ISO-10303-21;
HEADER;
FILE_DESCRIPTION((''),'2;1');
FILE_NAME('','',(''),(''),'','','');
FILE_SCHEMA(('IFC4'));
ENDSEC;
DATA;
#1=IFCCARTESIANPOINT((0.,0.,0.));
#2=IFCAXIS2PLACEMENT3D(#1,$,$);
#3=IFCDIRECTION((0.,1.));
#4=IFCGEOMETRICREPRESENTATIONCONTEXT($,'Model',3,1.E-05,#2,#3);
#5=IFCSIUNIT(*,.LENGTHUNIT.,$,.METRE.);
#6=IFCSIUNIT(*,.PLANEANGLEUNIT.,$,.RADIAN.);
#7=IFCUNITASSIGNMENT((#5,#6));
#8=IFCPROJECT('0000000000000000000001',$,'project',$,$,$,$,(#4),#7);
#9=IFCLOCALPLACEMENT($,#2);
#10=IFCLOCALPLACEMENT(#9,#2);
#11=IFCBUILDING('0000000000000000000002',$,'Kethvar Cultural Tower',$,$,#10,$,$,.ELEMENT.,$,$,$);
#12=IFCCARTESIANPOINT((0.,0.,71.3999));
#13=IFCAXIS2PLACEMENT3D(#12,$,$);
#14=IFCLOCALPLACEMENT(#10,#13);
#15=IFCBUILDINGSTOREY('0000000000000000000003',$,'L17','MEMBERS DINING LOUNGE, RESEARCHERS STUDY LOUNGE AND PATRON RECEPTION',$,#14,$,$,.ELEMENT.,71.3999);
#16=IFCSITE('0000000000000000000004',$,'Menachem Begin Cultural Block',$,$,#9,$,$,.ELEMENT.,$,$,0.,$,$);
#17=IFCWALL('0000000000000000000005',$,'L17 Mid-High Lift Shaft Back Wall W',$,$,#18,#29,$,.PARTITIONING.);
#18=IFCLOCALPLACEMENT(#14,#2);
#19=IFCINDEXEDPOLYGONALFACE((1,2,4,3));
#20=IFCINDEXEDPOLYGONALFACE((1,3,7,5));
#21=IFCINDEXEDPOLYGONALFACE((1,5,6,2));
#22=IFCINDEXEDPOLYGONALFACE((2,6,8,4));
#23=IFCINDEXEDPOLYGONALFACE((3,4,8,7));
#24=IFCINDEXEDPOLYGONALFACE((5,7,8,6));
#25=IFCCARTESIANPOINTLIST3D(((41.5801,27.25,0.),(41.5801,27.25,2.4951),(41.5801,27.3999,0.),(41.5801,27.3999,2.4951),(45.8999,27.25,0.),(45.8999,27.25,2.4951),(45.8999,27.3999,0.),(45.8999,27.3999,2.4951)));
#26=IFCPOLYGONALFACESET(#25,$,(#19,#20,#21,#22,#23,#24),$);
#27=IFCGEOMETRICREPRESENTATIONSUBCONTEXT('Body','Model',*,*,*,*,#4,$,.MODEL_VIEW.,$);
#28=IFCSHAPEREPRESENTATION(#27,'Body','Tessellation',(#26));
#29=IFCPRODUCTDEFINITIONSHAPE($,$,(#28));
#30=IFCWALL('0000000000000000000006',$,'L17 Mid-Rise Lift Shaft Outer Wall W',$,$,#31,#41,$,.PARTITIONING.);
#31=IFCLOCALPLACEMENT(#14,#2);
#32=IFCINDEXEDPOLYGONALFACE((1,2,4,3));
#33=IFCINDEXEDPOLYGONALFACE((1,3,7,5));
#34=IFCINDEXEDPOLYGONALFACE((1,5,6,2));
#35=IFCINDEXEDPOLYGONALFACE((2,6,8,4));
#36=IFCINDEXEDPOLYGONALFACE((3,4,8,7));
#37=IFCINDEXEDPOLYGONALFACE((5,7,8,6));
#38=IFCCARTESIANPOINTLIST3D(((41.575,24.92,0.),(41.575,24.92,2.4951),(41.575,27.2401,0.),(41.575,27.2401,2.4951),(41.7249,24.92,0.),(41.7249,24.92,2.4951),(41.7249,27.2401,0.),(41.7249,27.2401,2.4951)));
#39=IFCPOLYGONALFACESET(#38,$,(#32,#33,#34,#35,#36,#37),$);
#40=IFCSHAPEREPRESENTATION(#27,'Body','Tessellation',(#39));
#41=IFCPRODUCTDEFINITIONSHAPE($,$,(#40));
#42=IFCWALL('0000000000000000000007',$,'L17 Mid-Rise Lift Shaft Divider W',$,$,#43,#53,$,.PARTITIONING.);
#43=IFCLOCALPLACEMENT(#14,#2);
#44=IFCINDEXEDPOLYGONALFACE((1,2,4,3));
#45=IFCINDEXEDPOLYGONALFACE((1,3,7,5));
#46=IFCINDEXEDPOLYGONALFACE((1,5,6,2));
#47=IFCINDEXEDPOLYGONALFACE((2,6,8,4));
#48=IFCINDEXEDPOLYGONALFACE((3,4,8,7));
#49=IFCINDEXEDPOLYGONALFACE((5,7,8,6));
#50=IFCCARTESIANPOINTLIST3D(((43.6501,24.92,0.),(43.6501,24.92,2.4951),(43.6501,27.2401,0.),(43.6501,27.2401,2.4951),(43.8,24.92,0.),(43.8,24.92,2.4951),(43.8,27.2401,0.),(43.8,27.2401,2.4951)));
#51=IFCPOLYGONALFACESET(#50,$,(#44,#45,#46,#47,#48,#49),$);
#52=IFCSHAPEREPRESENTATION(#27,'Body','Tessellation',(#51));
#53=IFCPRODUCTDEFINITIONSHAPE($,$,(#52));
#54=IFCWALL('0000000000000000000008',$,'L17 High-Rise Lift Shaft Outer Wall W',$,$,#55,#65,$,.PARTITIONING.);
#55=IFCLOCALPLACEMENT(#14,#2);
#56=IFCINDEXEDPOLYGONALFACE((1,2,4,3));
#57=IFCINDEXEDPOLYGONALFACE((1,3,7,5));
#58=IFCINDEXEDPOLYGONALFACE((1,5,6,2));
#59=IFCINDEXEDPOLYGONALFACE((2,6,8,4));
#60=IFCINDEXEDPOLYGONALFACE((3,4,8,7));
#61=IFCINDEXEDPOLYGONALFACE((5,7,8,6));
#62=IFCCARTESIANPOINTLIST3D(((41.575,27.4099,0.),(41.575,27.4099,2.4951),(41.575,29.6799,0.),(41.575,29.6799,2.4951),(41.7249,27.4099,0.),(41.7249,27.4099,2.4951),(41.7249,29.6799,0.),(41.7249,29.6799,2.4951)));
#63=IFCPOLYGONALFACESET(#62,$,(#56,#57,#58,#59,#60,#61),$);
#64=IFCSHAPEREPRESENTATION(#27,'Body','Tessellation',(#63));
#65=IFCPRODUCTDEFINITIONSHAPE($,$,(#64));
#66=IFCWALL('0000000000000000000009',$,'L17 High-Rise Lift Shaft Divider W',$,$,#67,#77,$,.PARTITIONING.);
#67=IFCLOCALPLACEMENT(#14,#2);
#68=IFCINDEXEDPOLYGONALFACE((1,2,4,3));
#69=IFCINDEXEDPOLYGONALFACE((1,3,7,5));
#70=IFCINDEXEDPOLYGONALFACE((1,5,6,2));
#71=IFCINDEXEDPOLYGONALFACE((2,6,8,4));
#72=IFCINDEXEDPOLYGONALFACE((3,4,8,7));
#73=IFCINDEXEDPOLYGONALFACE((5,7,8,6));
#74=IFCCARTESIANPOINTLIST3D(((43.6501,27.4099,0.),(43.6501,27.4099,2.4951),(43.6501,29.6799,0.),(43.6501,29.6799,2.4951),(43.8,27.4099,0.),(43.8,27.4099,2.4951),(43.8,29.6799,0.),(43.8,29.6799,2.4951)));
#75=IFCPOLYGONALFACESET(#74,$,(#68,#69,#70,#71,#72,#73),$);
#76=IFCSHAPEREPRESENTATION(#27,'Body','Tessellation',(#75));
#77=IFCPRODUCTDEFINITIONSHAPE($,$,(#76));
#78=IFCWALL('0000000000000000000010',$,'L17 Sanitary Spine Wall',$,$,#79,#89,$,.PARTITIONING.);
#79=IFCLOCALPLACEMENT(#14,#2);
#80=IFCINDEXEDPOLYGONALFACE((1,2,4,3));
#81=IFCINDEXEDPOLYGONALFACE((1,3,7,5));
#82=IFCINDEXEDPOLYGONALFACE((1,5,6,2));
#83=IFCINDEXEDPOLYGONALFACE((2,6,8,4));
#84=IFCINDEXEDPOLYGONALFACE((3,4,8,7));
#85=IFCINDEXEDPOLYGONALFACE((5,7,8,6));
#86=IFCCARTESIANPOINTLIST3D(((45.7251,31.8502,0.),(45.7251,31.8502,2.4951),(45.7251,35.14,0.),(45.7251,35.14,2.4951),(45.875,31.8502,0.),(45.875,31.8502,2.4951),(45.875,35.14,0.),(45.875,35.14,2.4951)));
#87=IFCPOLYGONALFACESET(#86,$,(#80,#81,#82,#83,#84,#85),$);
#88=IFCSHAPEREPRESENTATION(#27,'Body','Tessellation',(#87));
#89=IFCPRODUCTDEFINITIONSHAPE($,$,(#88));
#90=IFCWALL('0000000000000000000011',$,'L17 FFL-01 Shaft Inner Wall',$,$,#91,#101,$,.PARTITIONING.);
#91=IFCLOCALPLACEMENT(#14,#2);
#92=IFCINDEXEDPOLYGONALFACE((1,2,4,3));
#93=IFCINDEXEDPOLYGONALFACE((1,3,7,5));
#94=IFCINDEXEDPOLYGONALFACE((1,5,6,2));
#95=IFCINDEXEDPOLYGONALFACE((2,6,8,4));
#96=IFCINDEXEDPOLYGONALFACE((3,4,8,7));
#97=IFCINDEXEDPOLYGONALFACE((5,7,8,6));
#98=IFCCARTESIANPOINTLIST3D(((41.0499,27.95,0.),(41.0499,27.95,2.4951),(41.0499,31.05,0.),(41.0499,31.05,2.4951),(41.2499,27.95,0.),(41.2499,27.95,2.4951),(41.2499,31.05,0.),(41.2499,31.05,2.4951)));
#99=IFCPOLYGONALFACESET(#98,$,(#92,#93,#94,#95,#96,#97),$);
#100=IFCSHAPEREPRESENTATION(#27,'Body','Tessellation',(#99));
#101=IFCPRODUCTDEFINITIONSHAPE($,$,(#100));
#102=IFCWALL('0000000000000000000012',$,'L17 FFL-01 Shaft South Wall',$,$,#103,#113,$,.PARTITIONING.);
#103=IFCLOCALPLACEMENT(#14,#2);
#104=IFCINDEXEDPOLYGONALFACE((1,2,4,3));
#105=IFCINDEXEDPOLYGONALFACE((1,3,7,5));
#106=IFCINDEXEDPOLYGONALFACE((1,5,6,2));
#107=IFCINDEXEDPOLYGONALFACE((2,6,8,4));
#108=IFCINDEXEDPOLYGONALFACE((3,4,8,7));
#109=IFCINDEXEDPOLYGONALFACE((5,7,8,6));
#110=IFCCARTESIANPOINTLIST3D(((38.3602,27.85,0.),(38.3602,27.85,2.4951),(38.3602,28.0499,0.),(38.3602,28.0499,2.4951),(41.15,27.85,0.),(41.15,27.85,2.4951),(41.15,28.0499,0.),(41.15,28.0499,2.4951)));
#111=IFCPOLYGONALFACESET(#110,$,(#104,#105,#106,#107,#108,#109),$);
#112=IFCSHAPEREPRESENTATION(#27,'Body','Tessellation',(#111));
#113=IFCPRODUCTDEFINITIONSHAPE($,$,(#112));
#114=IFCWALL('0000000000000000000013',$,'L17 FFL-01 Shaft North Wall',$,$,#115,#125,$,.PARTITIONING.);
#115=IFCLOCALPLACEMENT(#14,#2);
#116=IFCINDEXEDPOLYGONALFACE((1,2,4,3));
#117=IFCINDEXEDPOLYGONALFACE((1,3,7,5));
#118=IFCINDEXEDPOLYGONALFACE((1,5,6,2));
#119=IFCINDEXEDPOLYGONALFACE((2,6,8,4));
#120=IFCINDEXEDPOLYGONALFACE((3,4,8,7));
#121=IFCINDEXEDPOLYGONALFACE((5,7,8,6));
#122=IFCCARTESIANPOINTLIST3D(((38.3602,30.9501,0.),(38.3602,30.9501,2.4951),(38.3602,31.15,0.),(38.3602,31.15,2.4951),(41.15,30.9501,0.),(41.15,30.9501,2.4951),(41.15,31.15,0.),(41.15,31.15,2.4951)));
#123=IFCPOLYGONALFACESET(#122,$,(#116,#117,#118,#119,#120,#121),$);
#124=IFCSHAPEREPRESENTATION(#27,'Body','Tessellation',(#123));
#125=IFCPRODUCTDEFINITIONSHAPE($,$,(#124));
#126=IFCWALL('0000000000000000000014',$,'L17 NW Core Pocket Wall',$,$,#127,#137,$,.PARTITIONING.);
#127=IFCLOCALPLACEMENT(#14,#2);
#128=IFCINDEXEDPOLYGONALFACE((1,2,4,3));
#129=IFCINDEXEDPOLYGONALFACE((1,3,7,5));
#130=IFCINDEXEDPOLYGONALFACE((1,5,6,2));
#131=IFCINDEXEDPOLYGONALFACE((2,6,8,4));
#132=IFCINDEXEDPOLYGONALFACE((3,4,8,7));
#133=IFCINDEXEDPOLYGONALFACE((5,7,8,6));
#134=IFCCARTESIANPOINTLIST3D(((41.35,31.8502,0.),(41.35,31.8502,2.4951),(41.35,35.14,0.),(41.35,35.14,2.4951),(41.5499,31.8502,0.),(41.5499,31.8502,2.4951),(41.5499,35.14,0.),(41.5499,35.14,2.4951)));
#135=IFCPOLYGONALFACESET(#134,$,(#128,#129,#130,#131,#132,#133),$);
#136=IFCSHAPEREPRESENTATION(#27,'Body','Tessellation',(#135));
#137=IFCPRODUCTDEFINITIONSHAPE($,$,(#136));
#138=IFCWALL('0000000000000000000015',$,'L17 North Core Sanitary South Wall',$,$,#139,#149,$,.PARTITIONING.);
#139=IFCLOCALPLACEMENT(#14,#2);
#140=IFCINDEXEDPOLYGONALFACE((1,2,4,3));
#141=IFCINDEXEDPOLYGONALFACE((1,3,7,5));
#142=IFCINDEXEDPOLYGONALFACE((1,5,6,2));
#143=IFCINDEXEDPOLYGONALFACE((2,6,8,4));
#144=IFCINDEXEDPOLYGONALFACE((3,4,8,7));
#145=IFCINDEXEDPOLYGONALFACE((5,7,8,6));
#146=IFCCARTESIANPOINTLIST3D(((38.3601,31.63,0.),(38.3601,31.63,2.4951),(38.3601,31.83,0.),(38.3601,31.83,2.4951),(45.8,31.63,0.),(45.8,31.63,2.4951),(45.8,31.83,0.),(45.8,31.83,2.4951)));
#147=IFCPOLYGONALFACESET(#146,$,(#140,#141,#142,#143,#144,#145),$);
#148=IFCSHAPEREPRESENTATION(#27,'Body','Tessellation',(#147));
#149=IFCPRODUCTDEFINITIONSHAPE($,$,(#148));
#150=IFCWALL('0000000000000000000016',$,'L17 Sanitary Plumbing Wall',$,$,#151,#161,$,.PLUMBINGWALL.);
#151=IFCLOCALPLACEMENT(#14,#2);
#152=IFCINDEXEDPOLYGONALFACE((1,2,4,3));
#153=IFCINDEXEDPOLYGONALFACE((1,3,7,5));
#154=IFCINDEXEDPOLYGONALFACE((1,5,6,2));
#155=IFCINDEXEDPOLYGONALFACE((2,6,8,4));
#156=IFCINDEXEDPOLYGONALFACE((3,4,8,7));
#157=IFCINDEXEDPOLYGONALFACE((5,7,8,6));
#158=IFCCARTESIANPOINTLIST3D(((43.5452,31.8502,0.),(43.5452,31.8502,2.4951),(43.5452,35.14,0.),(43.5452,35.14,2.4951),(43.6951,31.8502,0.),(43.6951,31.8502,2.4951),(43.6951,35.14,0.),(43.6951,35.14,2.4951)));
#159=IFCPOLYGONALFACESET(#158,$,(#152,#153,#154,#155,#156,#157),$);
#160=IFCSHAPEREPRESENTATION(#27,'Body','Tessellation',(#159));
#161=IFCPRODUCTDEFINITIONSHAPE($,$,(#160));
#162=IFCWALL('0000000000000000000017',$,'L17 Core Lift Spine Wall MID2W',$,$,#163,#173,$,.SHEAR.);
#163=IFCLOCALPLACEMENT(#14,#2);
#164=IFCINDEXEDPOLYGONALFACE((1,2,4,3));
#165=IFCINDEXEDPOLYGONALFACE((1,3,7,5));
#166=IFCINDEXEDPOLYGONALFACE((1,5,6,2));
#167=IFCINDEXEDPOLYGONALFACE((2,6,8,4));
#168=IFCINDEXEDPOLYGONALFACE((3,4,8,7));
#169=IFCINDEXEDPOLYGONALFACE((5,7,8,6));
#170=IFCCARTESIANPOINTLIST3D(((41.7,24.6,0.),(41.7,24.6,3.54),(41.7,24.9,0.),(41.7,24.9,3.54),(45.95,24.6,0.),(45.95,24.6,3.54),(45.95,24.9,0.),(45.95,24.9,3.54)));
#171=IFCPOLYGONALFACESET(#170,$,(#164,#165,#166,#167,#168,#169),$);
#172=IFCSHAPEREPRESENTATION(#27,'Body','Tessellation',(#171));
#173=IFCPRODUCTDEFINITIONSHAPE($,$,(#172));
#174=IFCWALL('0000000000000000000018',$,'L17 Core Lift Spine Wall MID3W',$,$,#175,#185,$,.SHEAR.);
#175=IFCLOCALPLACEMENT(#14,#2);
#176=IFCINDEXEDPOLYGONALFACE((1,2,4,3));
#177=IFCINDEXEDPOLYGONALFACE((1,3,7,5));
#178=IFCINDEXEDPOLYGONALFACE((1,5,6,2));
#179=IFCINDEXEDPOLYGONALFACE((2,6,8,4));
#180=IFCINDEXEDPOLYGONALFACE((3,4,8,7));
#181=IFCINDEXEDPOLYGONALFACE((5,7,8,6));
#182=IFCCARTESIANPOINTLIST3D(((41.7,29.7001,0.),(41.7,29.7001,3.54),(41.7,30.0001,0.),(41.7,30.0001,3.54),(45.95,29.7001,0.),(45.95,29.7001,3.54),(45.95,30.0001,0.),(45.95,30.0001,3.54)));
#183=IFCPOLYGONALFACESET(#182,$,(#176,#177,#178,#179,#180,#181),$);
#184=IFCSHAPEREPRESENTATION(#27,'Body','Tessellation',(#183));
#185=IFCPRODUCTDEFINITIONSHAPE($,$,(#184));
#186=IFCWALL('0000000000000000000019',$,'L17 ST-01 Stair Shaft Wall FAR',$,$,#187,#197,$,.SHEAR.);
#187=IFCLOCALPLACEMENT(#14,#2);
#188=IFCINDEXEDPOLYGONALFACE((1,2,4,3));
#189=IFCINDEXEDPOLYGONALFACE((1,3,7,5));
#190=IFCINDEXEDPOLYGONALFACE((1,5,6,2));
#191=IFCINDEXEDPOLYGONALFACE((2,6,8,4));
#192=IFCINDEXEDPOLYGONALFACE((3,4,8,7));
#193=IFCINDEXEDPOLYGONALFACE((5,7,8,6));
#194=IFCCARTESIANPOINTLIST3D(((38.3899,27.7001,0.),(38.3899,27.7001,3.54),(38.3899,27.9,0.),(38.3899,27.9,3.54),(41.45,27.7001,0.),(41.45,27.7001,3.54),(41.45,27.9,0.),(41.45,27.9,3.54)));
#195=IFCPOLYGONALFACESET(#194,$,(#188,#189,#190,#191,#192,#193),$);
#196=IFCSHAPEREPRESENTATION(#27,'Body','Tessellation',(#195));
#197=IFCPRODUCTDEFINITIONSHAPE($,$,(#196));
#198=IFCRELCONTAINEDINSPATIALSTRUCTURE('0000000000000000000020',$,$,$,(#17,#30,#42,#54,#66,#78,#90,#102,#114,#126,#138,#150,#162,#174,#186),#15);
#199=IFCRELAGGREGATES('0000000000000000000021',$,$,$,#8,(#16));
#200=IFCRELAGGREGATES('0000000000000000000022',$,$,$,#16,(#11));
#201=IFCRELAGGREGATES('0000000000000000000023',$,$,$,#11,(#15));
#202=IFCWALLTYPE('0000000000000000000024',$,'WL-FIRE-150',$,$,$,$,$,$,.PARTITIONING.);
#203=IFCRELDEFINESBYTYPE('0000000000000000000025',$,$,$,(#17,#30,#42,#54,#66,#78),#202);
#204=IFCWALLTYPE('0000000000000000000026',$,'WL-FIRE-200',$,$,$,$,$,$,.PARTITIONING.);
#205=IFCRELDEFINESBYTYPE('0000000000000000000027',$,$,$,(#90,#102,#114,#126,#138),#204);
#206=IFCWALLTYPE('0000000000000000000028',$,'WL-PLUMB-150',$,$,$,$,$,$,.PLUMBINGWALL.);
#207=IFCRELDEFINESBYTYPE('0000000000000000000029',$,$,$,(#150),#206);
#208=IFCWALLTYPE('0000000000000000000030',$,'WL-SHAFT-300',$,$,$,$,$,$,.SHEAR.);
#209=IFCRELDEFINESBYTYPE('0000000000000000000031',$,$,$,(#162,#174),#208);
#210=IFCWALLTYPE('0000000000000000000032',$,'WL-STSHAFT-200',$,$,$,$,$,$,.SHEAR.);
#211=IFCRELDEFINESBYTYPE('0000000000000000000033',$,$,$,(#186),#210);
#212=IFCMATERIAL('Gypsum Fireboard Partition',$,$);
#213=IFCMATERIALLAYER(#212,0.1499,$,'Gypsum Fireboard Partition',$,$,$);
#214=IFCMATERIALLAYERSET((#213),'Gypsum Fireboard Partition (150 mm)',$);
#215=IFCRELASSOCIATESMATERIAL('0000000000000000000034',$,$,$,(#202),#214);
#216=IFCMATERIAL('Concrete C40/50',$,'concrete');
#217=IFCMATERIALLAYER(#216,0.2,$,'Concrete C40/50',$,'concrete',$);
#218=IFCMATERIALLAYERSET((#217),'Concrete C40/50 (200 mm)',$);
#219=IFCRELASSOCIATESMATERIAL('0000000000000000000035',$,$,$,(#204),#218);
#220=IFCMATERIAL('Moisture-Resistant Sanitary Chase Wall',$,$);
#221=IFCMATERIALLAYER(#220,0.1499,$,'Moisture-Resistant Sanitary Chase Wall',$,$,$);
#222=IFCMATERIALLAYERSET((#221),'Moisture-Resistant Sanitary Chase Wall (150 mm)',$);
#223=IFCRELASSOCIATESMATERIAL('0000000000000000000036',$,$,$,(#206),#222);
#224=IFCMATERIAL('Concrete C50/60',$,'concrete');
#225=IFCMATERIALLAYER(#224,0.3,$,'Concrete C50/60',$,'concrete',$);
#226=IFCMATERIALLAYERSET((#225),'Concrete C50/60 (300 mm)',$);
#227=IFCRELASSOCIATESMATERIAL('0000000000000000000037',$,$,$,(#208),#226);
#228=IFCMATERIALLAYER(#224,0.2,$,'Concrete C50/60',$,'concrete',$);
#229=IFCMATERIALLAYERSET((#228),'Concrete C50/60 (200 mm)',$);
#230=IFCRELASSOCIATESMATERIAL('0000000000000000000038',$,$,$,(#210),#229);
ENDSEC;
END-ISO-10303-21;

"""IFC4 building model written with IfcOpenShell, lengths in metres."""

from ifc_helpers import new_model, si_unit, direction, frame, frame_2d, origin, place, context, subcontext, project, spatial, rectangle, extrude, material, layer, layer_set, type_object, element, save


model = new_model("IFC4")

# Units and contexts
model_context = context("Model", 3, precision=1e-05, world=origin(), true_north=direction((0.0, 1.0)))
body_context = subcontext(model_context, "Body", "Model", "MODEL_VIEW")
ifc_project = project(units=[si_unit("LENGTHUNIT", "METRE"), si_unit("PLANEANGLEUNIT", "RADIAN")], contexts=[model_context])

# Site, building, storey
site_placement = place(None, origin())
site = spatial("IfcSite", under=ifc_project, at=site_placement, Name="Menachem Begin Cultural Block", CompositionType="ELEMENT", RefElevation=0.0)
building_placement = place(site_placement, origin())
building = spatial("IfcBuilding", under=site, at=building_placement, Name="Kethvar Cultural Tower", CompositionType="ELEMENT")
storey_placement = place(building_placement, frame((0.0, 0.0, 71.3999)))
storey = spatial("IfcBuildingStorey", under=building, at=storey_placement, Name="L17", Description="MEMBERS DINING LOUNGE, RESEARCHERS STUDY LOUNGE AND PATRON RECEPTION", CompositionType="ELEMENT", Elevation=71.3999)

# Walls
ifc_material_1 = material(Name="Gypsum Fireboard Partition")
ifc_layer_1 = layer(ifc_material_1, 0.1499, Name="Gypsum Fireboard Partition")
ifc_layer_set_1 = layer_set([ifc_layer_1], Name="Gypsum Fireboard Partition (150 mm)")
wall_type_1 = type_object("IfcWallType", Name="WL-FIRE-150", PredefinedType="PARTITIONING", material=ifc_layer_set_1)
wall_1_placement = place(storey_placement, frame((41.5801, 27.325, 0.0), z_axis=(0.0, 0.0, 1.0), x_axis=(1.0, 0.0, 0.0)))
element("IfcWall", 1, at=wall_1_placement, inside=storey, type_object=wall_type_1, Name="L17 Mid-High Lift Shaft Back Wall W", PredefinedType="PARTITIONING", context=body_context, shape_type="SweptSolid", body=[
    extrude(rectangle(XDim=4.3198, YDim=0.1499, at=frame_2d((2.1599, 0.0))), origin(), (0.0, 0.0, 1.0), 2.4951),
])
for number, where, z_axis, x_axis, name in (
    (2, (41.6499, 24.9199, 0.0), (0.0, 0.0, 1.0), (0.0, 1.0, 0.0), "L17 Mid-Rise Lift Shaft Outer Wall W"),
    (3, (43.7251, 24.9199, 0.0), (0.0, 0.0, 1.0), (0.0, 1.0, 0.0), "L17 Mid-Rise Lift Shaft Divider W"),
):
    element("IfcWall", number, at=place(storey_placement, frame(where, z_axis=z_axis, x_axis=x_axis)), inside=storey, type_object=wall_type_1, Name=name, PredefinedType="PARTITIONING", context=body_context, shape_type="SweptSolid", body=[
        extrude(rectangle(XDim=2.3201, YDim=0.1499, at=frame_2d((1.1602, 0.0))), origin(), (0.0, 0.0, 1.0), 2.4951),
    ])
for number, where, z_axis, x_axis, name in (
    (4, (41.6499, 27.4099, 0.0), (0.0, 0.0, 1.0), (0.0, 1.0, 0.0), "L17 High-Rise Lift Shaft Outer Wall W"),
    (5, (43.7251, 27.4099, 0.0), (0.0, 0.0, 1.0), (0.0, 1.0, 0.0), "L17 High-Rise Lift Shaft Divider W"),
):
    element("IfcWall", number, at=place(storey_placement, frame(where, z_axis=z_axis, x_axis=x_axis)), inside=storey, type_object=wall_type_1, Name=name, PredefinedType="PARTITIONING", context=body_context, shape_type="SweptSolid", body=[
        extrude(rectangle(XDim=2.27, YDim=0.1499, at=frame_2d((1.135, 0.0))), origin(), (0.0, 0.0, 1.0), 2.4951),
    ])
wall_2_placement = place(storey_placement, frame((45.8, 31.8501, 0.0), z_axis=(0.0, 0.0, 1.0), x_axis=(0.0, 1.0, 0.0)))
element("IfcWall", 6, at=wall_2_placement, inside=storey, type_object=wall_type_1, Name="L17 Sanitary Spine Wall", PredefinedType="PARTITIONING", context=body_context, shape_type="SweptSolid", body=[
    extrude(rectangle(XDim=3.2898, YDim=0.1499, at=frame_2d((1.645, 0.0))), origin(), (0.0, 0.0, 1.0), 2.4951),
])
ifc_material_2 = material(Name="Concrete C40/50", Category="concrete")
ifc_layer_2 = layer(ifc_material_2, 0.2, Name="Concrete C40/50", Category="concrete")
ifc_layer_set_2 = layer_set([ifc_layer_2], Name="Concrete C40/50 (200 mm)")
wall_type_2 = type_object("IfcWallType", Name="WL-FIRE-200", PredefinedType="PARTITIONING", material=ifc_layer_set_2)
wall_3_placement = place(storey_placement, frame((41.1499, 27.95, 0.0), z_axis=(0.0, 0.0, 1.0), x_axis=(0.0, 1.0, 0.0)))
element("IfcWall", 7, at=wall_3_placement, inside=storey, type_object=wall_type_2, Name="L17 FFL-01 Shaft Inner Wall", PredefinedType="PARTITIONING", context=body_context, shape_type="SweptSolid", body=[
    extrude(rectangle(XDim=3.1001, YDim=0.2, at=frame_2d((1.55, 0.0))), origin(), (0.0, 0.0, 1.0), 2.4951),
])
for number, where, z_axis, x_axis, name in (
    (8, (38.3601, 27.95, 0.0), (0.0, 0.0, 1.0), (1.0, 0.0, 0.0), "L17 FFL-01 Shaft South Wall"),
    (9, (38.3601, 31.05, 0.0), (0.0, 0.0, 1.0), (1.0, 0.0, 0.0), "L17 FFL-01 Shaft North Wall"),
):
    element("IfcWall", number, at=place(storey_placement, frame(where, z_axis=z_axis, x_axis=x_axis)), inside=storey, type_object=wall_type_2, Name=name, PredefinedType="PARTITIONING", context=body_context, shape_type="SweptSolid", body=[
        extrude(rectangle(XDim=2.7898, YDim=0.2, at=frame_2d((1.395, 0.0))), origin(), (0.0, 0.0, 1.0), 2.4951),
    ])
wall_4_placement = place(storey_placement, frame((41.45, 31.8501, 0.0), z_axis=(0.0, 0.0, 1.0), x_axis=(0.0, 1.0, 0.0)))
element("IfcWall", 10, at=wall_4_placement, inside=storey, type_object=wall_type_2, Name="L17 NW Core Pocket Wall", PredefinedType="PARTITIONING", context=body_context, shape_type="SweptSolid", body=[
    extrude(rectangle(XDim=3.2898, YDim=0.2, at=frame_2d((1.645, 0.0))), origin(), (0.0, 0.0, 1.0), 2.4951),
])
wall_5_placement = place(storey_placement, frame((38.3601, 31.73, 0.0), z_axis=(0.0, 0.0, 1.0), x_axis=(1.0, 0.0, 0.0)))
element("IfcWall", 11, at=wall_5_placement, inside=storey, type_object=wall_type_2, Name="L17 North Core Sanitary South Wall", PredefinedType="PARTITIONING", context=body_context, shape_type="SweptSolid", body=[
    extrude(rectangle(XDim=7.4399, YDim=0.2, at=frame_2d((3.72, 0.0))), origin(), (0.0, 0.0, 1.0), 2.4951),
])
ifc_material_3 = material(Name="Moisture-Resistant Sanitary Chase Wall")
ifc_layer_3 = layer(ifc_material_3, 0.1499, Name="Moisture-Resistant Sanitary Chase Wall")
ifc_layer_set_3 = layer_set([ifc_layer_3], Name="Moisture-Resistant Sanitary Chase Wall (150 mm)")
wall_type_3 = type_object("IfcWallType", Name="WL-PLUMB-150", PredefinedType="PLUMBINGWALL", material=ifc_layer_set_3)
wall_6_placement = place(storey_placement, frame((43.6201, 31.8501, 0.0), z_axis=(0.0, 0.0, 1.0), x_axis=(0.0, 1.0, 0.0)))
element("IfcWall", 12, at=wall_6_placement, inside=storey, type_object=wall_type_3, Name="L17 Sanitary Plumbing Wall", PredefinedType="PLUMBINGWALL", context=body_context, shape_type="SweptSolid", body=[
    extrude(rectangle(XDim=3.2898, YDim=0.1499, at=frame_2d((1.645, 0.0))), origin(), (0.0, 0.0, 1.0), 2.4951),
])
ifc_material_4 = material(Name="Concrete C50/60", Category="concrete")
ifc_layer_4 = layer(ifc_material_4, 0.3, Name="Concrete C50/60", Category="concrete")
ifc_layer_set_4 = layer_set([ifc_layer_4], Name="Concrete C50/60 (300 mm)")
wall_type_4 = type_object("IfcWallType", Name="WL-SHAFT-300", PredefinedType="SHEAR", material=ifc_layer_set_4)
for number, where, z_axis, x_axis, name in (
    (13, (41.7, 24.75, 0.0), (0.0, 0.0, 1.0), (1.0, 0.0, 0.0), "L17 Core Lift Spine Wall MID2W"),
    (14, (41.7, 29.8501, 0.0), (0.0, 0.0, 1.0), (1.0, 0.0, 0.0), "L17 Core Lift Spine Wall MID3W"),
):
    element("IfcWall", number, at=place(storey_placement, frame(where, z_axis=z_axis, x_axis=x_axis)), inside=storey, type_object=wall_type_4, Name=name, PredefinedType="SHEAR", context=body_context, shape_type="SweptSolid", body=[
        extrude(rectangle(XDim=4.25, YDim=0.3, at=frame_2d((2.125, 0.0))), origin(), (0.0, 0.0, 1.0), 3.54),
    ])
ifc_layer_5 = layer(ifc_material_4, 0.2, Name="Concrete C50/60", Category="concrete")
ifc_layer_set_5 = layer_set([ifc_layer_5], Name="Concrete C50/60 (200 mm)")
wall_type_5 = type_object("IfcWallType", Name="WL-STSHAFT-200", PredefinedType="SHEAR", material=ifc_layer_set_5)
wall_7_placement = place(storey_placement, frame((38.3899, 27.8, 0.0), z_axis=(0.0, 0.0, 1.0), x_axis=(1.0, 0.0, 0.0)))
element("IfcWall", 15, at=wall_7_placement, inside=storey, type_object=wall_type_5, Name="L17 ST-01 Stair Shaft Wall FAR", PredefinedType="SHEAR", context=body_context, shape_type="SweptSolid", body=[
    extrude(rectangle(XDim=3.0601, YDim=0.2, at=frame_2d((1.53, 0.0))), origin(), (0.0, 0.0, 1.0), 3.54),
])

save(model, "model.ifc")
